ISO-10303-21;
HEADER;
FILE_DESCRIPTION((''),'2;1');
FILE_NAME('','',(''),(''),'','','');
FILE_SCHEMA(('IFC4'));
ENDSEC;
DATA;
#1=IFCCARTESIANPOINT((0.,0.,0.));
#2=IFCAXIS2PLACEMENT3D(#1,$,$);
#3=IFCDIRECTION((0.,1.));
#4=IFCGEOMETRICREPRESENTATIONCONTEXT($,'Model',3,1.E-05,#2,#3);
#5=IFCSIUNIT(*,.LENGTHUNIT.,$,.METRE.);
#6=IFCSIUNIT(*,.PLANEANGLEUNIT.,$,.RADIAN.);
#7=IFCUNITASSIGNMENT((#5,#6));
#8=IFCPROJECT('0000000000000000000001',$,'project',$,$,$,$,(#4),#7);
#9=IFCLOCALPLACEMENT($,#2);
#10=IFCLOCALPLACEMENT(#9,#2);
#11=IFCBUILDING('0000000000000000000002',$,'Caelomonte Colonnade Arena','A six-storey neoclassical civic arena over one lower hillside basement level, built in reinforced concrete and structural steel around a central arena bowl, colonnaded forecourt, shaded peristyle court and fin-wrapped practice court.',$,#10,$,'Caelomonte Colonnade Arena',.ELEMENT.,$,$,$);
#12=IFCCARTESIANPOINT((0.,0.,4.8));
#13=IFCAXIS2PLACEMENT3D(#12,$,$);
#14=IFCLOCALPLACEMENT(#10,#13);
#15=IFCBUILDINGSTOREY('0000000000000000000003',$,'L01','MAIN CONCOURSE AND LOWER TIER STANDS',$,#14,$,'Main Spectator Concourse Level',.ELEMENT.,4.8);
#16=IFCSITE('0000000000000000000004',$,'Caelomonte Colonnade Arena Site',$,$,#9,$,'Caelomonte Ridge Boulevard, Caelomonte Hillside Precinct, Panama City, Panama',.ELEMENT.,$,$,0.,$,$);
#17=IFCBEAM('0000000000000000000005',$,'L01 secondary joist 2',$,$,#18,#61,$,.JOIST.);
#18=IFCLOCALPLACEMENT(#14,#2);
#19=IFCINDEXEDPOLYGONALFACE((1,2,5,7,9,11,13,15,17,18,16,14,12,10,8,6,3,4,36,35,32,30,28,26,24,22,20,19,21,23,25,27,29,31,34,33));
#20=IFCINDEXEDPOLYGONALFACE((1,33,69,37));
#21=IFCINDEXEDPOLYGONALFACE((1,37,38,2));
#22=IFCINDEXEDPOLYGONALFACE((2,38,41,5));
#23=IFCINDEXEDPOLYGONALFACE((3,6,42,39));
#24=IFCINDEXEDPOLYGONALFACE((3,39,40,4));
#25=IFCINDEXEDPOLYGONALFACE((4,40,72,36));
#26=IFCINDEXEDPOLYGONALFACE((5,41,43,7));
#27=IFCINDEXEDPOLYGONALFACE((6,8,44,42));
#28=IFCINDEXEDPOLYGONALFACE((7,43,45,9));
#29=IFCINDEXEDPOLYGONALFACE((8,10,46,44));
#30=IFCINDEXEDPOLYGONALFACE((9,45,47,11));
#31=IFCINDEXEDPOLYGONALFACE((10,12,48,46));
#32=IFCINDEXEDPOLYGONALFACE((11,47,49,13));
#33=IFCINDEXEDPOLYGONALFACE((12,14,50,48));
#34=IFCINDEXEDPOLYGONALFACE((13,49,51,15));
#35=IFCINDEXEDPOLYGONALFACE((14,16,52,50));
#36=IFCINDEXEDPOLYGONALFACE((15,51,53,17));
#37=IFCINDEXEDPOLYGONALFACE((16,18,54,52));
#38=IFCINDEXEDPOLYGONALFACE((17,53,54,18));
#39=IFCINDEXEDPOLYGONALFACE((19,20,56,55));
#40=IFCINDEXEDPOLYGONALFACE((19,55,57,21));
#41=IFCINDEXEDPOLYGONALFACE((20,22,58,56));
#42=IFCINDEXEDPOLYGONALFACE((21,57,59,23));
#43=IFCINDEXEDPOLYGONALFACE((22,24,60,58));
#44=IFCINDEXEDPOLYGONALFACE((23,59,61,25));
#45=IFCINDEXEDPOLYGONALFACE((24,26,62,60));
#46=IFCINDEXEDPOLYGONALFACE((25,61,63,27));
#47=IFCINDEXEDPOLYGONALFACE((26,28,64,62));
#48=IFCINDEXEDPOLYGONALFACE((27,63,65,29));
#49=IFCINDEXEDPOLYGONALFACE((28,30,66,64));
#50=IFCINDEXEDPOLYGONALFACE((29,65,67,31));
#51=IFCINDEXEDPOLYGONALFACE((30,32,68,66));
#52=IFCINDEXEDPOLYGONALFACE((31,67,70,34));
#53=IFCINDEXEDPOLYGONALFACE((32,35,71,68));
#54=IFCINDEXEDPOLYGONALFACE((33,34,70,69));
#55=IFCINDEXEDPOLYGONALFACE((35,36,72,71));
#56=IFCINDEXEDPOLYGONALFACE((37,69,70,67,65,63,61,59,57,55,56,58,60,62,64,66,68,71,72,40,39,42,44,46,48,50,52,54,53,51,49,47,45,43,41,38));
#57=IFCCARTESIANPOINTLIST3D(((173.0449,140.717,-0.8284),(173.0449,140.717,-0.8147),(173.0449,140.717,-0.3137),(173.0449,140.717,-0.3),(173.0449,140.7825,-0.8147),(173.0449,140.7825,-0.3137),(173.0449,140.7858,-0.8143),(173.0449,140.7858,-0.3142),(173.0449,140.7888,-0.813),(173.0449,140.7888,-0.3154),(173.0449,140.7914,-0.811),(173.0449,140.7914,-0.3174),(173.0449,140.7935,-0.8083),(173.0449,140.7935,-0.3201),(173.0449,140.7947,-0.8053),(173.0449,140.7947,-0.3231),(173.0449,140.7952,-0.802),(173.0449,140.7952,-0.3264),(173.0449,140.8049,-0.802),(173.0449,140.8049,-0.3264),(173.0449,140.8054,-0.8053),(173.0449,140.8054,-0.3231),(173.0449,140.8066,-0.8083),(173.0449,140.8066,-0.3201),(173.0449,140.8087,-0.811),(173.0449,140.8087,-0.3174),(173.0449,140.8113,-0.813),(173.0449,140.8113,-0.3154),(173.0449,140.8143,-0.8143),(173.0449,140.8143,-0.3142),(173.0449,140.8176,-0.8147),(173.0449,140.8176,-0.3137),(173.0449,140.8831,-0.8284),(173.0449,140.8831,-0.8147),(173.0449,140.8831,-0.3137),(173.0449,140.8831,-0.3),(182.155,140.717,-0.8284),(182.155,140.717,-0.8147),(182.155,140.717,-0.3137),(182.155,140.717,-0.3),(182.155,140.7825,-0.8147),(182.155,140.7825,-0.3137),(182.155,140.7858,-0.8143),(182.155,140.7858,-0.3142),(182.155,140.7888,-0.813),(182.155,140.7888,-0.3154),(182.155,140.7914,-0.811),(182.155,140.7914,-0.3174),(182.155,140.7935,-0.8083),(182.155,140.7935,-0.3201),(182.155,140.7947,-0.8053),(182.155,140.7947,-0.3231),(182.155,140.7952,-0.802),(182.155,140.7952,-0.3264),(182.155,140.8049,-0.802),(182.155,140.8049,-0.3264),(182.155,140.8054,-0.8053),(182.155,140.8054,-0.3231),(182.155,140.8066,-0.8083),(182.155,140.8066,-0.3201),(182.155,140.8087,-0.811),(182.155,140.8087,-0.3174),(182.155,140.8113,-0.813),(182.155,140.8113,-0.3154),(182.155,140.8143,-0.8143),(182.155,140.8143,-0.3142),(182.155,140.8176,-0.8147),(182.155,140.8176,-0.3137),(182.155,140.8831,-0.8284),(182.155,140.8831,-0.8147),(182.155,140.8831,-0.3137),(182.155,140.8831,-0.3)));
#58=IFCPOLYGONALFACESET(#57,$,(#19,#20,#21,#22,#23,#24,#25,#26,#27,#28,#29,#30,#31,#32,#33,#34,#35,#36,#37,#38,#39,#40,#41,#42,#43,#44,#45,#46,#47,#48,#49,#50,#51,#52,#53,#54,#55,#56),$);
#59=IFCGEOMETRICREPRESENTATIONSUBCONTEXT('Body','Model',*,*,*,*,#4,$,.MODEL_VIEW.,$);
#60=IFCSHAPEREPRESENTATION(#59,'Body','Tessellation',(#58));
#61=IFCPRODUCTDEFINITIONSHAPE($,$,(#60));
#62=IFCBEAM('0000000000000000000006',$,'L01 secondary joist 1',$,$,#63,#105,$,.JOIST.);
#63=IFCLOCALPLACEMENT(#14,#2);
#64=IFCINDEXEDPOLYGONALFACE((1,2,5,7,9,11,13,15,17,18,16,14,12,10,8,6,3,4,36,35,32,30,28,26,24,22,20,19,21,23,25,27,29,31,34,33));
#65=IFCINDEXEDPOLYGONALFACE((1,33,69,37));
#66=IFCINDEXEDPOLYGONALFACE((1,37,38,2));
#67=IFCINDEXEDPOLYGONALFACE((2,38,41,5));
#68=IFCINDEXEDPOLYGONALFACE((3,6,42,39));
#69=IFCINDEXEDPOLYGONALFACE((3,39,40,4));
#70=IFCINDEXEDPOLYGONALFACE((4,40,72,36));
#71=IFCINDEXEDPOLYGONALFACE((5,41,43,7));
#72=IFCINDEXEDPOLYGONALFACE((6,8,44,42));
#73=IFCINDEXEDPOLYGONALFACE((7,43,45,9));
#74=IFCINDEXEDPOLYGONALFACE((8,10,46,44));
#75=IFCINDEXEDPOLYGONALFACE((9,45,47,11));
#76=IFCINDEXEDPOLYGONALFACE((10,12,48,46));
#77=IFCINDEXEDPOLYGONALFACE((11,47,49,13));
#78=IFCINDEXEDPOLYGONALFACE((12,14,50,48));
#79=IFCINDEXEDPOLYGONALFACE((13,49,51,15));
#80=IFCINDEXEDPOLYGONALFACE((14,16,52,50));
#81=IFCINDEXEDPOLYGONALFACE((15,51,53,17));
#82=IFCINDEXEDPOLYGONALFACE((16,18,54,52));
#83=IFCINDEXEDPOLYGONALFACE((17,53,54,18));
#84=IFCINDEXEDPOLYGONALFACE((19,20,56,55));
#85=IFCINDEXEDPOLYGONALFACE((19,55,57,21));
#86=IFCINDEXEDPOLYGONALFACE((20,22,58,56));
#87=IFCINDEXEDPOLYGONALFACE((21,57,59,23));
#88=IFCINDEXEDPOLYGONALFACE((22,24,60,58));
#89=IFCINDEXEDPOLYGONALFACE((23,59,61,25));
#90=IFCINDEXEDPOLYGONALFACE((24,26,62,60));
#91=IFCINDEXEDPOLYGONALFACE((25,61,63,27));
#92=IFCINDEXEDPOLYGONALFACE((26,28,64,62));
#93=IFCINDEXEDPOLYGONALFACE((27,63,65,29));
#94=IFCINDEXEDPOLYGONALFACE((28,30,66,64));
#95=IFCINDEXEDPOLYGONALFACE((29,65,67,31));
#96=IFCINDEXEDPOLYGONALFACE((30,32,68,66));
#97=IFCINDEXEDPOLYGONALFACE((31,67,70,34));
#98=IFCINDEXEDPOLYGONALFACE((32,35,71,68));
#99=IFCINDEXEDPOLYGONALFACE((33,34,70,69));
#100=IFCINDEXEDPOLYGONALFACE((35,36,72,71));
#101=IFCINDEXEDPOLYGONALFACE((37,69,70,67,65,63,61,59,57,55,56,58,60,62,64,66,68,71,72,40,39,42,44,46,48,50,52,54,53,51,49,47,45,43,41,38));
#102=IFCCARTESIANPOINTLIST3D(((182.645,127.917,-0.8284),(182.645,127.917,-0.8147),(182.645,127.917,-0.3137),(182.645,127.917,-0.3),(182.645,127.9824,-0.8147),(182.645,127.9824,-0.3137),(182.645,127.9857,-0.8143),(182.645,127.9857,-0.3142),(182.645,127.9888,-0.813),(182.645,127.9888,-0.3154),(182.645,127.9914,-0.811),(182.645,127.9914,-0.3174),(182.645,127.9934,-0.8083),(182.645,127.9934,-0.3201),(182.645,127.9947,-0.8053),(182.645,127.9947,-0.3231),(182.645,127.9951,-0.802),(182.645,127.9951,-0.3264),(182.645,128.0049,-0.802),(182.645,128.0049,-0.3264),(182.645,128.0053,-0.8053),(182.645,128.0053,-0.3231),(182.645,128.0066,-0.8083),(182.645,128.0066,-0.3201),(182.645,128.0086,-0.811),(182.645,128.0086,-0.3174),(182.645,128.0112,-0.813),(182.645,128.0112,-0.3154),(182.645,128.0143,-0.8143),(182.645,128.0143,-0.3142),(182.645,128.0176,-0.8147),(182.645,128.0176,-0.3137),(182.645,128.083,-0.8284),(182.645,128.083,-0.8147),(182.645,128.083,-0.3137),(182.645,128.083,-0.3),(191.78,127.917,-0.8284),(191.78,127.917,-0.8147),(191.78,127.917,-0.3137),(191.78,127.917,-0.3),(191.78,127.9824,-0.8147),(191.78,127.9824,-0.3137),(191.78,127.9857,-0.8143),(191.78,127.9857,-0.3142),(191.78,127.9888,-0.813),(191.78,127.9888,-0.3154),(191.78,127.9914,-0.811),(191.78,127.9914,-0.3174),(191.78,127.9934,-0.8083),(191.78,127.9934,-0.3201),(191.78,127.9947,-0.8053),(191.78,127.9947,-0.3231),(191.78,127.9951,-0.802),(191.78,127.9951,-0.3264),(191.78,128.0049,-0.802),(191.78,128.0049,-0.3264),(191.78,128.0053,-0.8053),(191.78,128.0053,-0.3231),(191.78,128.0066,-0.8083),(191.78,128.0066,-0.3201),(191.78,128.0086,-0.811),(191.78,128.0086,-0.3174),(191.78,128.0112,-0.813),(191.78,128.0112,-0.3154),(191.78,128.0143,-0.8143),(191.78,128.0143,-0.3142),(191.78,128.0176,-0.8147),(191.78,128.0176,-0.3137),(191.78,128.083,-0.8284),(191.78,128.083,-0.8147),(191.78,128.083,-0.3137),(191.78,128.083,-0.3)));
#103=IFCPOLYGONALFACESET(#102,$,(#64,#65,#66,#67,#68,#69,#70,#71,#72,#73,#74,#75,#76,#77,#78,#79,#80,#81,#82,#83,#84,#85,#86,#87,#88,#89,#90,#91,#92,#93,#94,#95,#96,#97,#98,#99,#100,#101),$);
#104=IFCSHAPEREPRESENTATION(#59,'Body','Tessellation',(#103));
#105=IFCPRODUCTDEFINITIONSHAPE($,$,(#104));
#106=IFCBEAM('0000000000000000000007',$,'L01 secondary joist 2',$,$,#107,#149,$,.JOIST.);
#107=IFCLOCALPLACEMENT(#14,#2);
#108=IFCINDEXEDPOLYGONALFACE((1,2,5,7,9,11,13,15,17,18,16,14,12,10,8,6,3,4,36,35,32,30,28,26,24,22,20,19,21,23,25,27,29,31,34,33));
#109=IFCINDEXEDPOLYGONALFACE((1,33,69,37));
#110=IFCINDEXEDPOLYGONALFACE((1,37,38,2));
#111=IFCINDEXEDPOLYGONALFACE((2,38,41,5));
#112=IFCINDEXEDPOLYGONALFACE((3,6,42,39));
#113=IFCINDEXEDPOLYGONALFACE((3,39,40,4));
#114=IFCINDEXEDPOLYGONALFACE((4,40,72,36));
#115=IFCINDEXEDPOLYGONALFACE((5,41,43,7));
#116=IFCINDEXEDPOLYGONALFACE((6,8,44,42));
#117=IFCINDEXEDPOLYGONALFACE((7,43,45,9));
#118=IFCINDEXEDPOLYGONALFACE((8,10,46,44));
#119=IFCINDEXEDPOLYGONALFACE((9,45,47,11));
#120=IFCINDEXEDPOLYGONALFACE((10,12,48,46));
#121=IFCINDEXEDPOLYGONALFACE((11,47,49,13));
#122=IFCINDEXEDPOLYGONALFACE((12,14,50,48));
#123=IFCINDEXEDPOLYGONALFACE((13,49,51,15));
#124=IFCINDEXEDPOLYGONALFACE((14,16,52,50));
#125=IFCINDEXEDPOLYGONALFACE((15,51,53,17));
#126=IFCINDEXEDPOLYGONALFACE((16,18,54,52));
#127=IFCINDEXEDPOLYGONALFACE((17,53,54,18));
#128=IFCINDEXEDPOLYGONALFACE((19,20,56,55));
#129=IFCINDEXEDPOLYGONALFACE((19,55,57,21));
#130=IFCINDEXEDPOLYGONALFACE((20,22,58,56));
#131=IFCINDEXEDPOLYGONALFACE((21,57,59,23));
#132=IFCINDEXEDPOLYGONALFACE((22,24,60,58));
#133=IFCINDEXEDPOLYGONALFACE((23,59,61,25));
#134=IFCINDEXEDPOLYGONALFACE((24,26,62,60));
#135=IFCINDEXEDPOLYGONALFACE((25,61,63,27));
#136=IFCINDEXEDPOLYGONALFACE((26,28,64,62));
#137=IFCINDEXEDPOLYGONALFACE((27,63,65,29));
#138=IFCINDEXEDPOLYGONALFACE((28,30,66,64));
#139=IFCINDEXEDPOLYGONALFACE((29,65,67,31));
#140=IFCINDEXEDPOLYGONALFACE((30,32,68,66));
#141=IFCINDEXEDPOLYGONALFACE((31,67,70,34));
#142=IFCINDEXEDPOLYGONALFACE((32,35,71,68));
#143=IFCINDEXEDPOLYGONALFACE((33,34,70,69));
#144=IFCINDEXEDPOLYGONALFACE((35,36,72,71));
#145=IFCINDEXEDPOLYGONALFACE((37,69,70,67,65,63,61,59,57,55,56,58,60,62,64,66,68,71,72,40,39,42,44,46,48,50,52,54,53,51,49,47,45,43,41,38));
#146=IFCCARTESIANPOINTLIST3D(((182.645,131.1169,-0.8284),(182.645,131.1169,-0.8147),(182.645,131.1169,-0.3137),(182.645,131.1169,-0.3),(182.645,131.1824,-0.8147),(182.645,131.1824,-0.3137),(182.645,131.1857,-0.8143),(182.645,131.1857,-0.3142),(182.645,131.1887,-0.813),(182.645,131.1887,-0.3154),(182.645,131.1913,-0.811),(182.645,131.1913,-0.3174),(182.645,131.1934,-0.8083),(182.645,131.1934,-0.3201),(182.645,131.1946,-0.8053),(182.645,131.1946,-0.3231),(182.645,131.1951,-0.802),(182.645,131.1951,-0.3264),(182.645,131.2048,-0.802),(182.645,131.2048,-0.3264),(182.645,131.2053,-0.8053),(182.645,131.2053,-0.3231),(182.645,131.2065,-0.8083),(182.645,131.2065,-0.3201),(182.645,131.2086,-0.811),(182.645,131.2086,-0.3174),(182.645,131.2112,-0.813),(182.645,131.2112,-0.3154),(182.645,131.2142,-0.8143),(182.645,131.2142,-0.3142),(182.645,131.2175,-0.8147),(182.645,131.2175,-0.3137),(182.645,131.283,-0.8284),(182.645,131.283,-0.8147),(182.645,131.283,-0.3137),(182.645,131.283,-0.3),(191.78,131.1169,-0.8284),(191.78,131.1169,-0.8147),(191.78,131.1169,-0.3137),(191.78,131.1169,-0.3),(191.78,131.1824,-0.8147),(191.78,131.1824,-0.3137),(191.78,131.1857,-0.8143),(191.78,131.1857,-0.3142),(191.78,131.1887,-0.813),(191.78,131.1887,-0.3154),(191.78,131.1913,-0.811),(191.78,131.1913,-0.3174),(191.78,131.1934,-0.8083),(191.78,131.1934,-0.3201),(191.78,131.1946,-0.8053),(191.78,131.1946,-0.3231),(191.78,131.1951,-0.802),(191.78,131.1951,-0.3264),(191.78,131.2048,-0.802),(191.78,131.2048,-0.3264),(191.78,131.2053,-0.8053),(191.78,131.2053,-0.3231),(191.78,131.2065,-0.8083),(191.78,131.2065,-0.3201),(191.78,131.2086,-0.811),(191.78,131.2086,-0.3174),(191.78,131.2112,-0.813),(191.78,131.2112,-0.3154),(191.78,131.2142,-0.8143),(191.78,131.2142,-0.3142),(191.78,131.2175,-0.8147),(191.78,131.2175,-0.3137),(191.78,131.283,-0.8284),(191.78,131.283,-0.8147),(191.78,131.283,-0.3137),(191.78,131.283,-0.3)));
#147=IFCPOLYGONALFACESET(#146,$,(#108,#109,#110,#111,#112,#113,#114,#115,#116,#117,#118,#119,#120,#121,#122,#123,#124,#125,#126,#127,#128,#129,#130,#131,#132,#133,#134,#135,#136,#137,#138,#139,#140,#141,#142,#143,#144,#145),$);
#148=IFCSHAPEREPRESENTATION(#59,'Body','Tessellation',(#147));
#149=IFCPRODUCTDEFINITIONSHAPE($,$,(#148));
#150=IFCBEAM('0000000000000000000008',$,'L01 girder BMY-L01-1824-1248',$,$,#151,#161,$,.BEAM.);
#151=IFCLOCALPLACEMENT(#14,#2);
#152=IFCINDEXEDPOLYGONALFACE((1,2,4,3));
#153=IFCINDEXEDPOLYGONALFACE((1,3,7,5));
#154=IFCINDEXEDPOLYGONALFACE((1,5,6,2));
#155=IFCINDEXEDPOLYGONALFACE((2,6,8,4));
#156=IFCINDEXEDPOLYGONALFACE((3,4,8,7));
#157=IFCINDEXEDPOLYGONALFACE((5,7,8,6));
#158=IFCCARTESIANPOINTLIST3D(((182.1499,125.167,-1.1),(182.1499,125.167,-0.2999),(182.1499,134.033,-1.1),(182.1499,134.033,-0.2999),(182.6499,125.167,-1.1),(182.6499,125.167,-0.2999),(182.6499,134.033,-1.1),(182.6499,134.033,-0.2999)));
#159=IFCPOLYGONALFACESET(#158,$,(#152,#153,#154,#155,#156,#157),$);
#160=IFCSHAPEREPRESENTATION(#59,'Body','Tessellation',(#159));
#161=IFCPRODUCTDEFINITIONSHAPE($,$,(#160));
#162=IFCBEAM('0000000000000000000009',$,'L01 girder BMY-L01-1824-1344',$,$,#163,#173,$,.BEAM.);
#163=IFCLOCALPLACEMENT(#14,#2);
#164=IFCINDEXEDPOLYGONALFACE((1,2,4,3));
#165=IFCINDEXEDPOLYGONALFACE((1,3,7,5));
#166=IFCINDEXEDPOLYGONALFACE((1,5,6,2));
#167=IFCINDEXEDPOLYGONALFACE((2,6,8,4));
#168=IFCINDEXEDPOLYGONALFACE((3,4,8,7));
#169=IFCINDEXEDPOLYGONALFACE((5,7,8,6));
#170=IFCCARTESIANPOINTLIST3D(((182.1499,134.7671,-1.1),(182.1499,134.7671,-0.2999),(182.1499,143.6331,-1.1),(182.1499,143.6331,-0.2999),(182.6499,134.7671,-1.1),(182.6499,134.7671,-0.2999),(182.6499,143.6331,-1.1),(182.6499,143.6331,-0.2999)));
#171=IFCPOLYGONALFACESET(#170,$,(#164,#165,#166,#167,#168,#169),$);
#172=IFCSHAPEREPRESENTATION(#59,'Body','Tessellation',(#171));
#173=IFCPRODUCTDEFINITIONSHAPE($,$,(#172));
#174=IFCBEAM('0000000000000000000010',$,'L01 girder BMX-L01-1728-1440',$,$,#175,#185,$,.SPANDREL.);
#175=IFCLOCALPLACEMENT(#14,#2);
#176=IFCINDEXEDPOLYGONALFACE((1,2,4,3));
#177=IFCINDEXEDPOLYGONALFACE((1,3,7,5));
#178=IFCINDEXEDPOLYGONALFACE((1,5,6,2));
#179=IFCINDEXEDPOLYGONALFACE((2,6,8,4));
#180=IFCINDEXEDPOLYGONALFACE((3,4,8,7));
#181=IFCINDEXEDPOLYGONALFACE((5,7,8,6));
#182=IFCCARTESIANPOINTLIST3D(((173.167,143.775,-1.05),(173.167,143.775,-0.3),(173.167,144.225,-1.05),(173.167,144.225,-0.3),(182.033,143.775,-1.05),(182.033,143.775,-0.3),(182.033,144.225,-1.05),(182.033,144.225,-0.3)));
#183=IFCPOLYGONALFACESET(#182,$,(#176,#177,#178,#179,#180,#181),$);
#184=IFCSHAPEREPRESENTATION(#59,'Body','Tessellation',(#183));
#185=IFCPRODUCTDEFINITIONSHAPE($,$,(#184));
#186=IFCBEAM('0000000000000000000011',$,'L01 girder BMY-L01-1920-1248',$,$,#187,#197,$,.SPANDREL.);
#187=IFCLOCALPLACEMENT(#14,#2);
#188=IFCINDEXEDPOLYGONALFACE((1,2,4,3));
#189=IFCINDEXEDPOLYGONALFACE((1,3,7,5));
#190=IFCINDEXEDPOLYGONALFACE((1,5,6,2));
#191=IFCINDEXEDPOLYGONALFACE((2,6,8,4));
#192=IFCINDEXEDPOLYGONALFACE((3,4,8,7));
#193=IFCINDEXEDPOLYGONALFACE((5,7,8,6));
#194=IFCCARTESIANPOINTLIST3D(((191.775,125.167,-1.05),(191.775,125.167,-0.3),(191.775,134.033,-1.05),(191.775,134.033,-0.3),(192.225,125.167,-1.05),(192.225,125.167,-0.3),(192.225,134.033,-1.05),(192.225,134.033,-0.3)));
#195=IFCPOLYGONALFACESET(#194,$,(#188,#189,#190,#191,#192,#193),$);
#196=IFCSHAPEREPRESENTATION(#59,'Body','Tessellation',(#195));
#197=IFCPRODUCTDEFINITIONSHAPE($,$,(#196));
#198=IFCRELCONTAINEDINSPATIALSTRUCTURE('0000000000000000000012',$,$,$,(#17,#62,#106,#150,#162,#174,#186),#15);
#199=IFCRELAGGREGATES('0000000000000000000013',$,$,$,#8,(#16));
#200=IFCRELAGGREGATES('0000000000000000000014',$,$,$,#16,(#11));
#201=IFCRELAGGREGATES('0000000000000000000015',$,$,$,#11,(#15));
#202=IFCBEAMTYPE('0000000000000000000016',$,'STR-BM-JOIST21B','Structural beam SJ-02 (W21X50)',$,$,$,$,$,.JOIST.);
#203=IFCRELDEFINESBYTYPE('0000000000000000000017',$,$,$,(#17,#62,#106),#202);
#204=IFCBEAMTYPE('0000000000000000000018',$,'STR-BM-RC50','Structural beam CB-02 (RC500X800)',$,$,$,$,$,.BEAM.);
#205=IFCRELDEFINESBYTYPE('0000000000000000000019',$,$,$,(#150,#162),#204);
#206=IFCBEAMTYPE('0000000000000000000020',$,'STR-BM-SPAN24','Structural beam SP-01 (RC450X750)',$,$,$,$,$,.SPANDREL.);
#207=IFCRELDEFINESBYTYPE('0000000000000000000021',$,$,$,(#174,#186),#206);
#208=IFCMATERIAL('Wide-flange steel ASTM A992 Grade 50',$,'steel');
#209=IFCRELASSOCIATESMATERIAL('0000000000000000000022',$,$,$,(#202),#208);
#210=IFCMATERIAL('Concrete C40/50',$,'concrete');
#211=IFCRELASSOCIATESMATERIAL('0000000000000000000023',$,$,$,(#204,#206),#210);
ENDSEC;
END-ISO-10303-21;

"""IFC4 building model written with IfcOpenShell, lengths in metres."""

from ifc_helpers import new_model, si_unit, direction, frame, origin, origin_2d, place, context, subcontext, project, spatial, rectangle, i_section, extrude, material, material_profile, profile_set, type_object, element, save


model = new_model("IFC4")

# Units and contexts
model_context = context("Model", 3, precision=1e-05, world=origin(), true_north=direction((0.0, 1.0)))
body_context = subcontext(model_context, "Body", "Model", "MODEL_VIEW")
ifc_project = project(units=[si_unit("LENGTHUNIT", "METRE"), si_unit("PLANEANGLEUNIT", "RADIAN")], contexts=[model_context])

# Site, building, storey
site_placement = place(None, origin())
site = spatial("IfcSite", under=ifc_project, at=site_placement, Name="Caelomonte Colonnade Arena Site", LongName="Caelomonte Ridge Boulevard, Caelomonte Hillside Precinct, Panama City, Panama", CompositionType="ELEMENT", RefElevation=0.0)
building_placement = place(site_placement, origin())
building = spatial("IfcBuilding", under=site, at=building_placement, Name="Caelomonte Colonnade Arena", Description="A six-storey neoclassical civic arena over one lower hillside basement level, built in reinforced concrete and structural steel around a central arena bowl, colonnaded forecourt, shaded peristyle court and fin-wrapped practice court.", LongName="Caelomonte Colonnade Arena", CompositionType="ELEMENT")
storey_placement = place(building_placement, frame((0.0, 0.0, 4.8)))
storey = spatial("IfcBuildingStorey", under=building, at=storey_placement, Name="L01", Description="MAIN CONCOURSE AND LOWER TIER STANDS", LongName="Main Spectator Concourse Level", CompositionType="ELEMENT", Elevation=4.8)

# Shared definitions
ifc_material_1 = material(Name="Concrete C40/50", Category="concrete")

# Beams
ifc_material_2 = material(Name="Wide-flange steel ASTM A992 Grade 50", Category="steel")
ifc_material_profile_1 = material_profile(ifc_material_2, i_section(OverallWidth=0.166, OverallDepth=0.5283, WebThickness=0.0098, FlangeThickness=0.0137, FilletRadius=0.0127, at=origin_2d()), Name="W21X50")
ifc_profile_set_1 = profile_set([ifc_material_profile_1], Name="Wide-flange steel ASTM A992 Grade 50")
beam_type_1 = type_object("IfcBeamType", Name="STR-BM-JOIST21B", Description="Structural beam SJ-02 (W21X50)", PredefinedType="JOIST", material=ifc_profile_set_1)
for number, where, z_axis, x_axis, name in (
    (1, (173.0449, 140.8, -0.5642), (1.0, 0.0, 0.0), (0.0, 1.0, 0.0), "L01 secondary joist 2"),
):
    element("IfcBeam", number, at=place(storey_placement, frame(where, z_axis=z_axis, x_axis=x_axis)), inside=storey, type_object=beam_type_1, Name=name, PredefinedType="JOIST", context=body_context, shape_type="SweptSolid", body=[
        extrude(i_section(OverallWidth=0.166, OverallDepth=0.5283, WebThickness=0.0098, FlangeThickness=0.0137, FilletRadius=0.0127, at=origin_2d()), origin(), (0.0, 0.0, 1.0), 9.1101),
    ])
for number, where, z_axis, x_axis, name in (
    (2, (182.645, 128.0, -0.5642), (1.0, 0.0, 0.0), (0.0, 1.0, 0.0), "L01 secondary joist 1"),
    (3, (182.645, 131.2, -0.5642), (1.0, 0.0, 0.0), (0.0, 1.0, 0.0), "L01 secondary joist 2"),
):
    element("IfcBeam", number, at=place(storey_placement, frame(where, z_axis=z_axis, x_axis=x_axis)), inside=storey, type_object=beam_type_1, Name=name, PredefinedType="JOIST", context=body_context, shape_type="SweptSolid", body=[
        extrude(i_section(OverallWidth=0.166, OverallDepth=0.5283, WebThickness=0.0098, FlangeThickness=0.0137, FilletRadius=0.0127, at=origin_2d()), origin(), (0.0, 0.0, 1.0), 9.135),
    ])
ifc_material_profile_2 = material_profile(ifc_material_1, rectangle(XDim=0.5, YDim=0.8, at=origin_2d()), Name="RC500X800")
ifc_profile_set_2 = profile_set([ifc_material_profile_2], Name="Concrete C40/50")
beam_type_2 = type_object("IfcBeamType", Name="STR-BM-RC50", Description="Structural beam CB-02 (RC500X800)", PredefinedType="BEAM", material=ifc_profile_set_2)
for number, where, z_axis, x_axis, name in (
    (4, (182.3999, 125.167, -0.7), (0.0, 1.0, 0.0), (-1.0, 0.0, 0.0), "L01 girder BMY-L01-1824-1248"),
    (5, (182.3999, 134.7671, -0.7), (0.0, 1.0, 0.0), (-1.0, 0.0, 0.0), "L01 girder BMY-L01-1824-1344"),
):
    element("IfcBeam", number, at=place(storey_placement, frame(where, z_axis=z_axis, x_axis=x_axis)), inside=storey, type_object=beam_type_2, Name=name, PredefinedType="BEAM", context=body_context, shape_type="SweptSolid", body=[
        extrude(rectangle(XDim=0.5, YDim=0.8, at=origin_2d()), origin(), (0.0, 0.0, 1.0), 8.866),
    ])
ifc_material_profile_3 = material_profile(ifc_material_1, rectangle(XDim=0.45, YDim=0.75, at=origin_2d()), Name="RC450X750")
ifc_profile_set_3 = profile_set([ifc_material_profile_3], Name="Concrete C40/50")
beam_type_3 = type_object("IfcBeamType", Name="STR-BM-SPAN24", Description="Structural beam SP-01 (RC450X750)", PredefinedType="SPANDREL", material=ifc_profile_set_3)
for number, where, z_axis, x_axis, name in (
    (6, (173.167, 144.0, -0.675), (1.0, 0.0, 0.0), (0.0, 1.0, 0.0), "L01 girder BMX-L01-1728-1440"),
    (7, (192.0, 125.167, -0.675), (0.0, 1.0, 0.0), (-1.0, 0.0, 0.0), "L01 girder BMY-L01-1920-1248"),
):
    element("IfcBeam", number, at=place(storey_placement, frame(where, z_axis=z_axis, x_axis=x_axis)), inside=storey, type_object=beam_type_3, Name=name, PredefinedType="SPANDREL", context=body_context, shape_type="SweptSolid", body=[
        extrude(rectangle(XDim=0.45, YDim=0.75, at=origin_2d()), origin(), (0.0, 0.0, 1.0), 8.866),
    ])

save(model, "model.ifc")
